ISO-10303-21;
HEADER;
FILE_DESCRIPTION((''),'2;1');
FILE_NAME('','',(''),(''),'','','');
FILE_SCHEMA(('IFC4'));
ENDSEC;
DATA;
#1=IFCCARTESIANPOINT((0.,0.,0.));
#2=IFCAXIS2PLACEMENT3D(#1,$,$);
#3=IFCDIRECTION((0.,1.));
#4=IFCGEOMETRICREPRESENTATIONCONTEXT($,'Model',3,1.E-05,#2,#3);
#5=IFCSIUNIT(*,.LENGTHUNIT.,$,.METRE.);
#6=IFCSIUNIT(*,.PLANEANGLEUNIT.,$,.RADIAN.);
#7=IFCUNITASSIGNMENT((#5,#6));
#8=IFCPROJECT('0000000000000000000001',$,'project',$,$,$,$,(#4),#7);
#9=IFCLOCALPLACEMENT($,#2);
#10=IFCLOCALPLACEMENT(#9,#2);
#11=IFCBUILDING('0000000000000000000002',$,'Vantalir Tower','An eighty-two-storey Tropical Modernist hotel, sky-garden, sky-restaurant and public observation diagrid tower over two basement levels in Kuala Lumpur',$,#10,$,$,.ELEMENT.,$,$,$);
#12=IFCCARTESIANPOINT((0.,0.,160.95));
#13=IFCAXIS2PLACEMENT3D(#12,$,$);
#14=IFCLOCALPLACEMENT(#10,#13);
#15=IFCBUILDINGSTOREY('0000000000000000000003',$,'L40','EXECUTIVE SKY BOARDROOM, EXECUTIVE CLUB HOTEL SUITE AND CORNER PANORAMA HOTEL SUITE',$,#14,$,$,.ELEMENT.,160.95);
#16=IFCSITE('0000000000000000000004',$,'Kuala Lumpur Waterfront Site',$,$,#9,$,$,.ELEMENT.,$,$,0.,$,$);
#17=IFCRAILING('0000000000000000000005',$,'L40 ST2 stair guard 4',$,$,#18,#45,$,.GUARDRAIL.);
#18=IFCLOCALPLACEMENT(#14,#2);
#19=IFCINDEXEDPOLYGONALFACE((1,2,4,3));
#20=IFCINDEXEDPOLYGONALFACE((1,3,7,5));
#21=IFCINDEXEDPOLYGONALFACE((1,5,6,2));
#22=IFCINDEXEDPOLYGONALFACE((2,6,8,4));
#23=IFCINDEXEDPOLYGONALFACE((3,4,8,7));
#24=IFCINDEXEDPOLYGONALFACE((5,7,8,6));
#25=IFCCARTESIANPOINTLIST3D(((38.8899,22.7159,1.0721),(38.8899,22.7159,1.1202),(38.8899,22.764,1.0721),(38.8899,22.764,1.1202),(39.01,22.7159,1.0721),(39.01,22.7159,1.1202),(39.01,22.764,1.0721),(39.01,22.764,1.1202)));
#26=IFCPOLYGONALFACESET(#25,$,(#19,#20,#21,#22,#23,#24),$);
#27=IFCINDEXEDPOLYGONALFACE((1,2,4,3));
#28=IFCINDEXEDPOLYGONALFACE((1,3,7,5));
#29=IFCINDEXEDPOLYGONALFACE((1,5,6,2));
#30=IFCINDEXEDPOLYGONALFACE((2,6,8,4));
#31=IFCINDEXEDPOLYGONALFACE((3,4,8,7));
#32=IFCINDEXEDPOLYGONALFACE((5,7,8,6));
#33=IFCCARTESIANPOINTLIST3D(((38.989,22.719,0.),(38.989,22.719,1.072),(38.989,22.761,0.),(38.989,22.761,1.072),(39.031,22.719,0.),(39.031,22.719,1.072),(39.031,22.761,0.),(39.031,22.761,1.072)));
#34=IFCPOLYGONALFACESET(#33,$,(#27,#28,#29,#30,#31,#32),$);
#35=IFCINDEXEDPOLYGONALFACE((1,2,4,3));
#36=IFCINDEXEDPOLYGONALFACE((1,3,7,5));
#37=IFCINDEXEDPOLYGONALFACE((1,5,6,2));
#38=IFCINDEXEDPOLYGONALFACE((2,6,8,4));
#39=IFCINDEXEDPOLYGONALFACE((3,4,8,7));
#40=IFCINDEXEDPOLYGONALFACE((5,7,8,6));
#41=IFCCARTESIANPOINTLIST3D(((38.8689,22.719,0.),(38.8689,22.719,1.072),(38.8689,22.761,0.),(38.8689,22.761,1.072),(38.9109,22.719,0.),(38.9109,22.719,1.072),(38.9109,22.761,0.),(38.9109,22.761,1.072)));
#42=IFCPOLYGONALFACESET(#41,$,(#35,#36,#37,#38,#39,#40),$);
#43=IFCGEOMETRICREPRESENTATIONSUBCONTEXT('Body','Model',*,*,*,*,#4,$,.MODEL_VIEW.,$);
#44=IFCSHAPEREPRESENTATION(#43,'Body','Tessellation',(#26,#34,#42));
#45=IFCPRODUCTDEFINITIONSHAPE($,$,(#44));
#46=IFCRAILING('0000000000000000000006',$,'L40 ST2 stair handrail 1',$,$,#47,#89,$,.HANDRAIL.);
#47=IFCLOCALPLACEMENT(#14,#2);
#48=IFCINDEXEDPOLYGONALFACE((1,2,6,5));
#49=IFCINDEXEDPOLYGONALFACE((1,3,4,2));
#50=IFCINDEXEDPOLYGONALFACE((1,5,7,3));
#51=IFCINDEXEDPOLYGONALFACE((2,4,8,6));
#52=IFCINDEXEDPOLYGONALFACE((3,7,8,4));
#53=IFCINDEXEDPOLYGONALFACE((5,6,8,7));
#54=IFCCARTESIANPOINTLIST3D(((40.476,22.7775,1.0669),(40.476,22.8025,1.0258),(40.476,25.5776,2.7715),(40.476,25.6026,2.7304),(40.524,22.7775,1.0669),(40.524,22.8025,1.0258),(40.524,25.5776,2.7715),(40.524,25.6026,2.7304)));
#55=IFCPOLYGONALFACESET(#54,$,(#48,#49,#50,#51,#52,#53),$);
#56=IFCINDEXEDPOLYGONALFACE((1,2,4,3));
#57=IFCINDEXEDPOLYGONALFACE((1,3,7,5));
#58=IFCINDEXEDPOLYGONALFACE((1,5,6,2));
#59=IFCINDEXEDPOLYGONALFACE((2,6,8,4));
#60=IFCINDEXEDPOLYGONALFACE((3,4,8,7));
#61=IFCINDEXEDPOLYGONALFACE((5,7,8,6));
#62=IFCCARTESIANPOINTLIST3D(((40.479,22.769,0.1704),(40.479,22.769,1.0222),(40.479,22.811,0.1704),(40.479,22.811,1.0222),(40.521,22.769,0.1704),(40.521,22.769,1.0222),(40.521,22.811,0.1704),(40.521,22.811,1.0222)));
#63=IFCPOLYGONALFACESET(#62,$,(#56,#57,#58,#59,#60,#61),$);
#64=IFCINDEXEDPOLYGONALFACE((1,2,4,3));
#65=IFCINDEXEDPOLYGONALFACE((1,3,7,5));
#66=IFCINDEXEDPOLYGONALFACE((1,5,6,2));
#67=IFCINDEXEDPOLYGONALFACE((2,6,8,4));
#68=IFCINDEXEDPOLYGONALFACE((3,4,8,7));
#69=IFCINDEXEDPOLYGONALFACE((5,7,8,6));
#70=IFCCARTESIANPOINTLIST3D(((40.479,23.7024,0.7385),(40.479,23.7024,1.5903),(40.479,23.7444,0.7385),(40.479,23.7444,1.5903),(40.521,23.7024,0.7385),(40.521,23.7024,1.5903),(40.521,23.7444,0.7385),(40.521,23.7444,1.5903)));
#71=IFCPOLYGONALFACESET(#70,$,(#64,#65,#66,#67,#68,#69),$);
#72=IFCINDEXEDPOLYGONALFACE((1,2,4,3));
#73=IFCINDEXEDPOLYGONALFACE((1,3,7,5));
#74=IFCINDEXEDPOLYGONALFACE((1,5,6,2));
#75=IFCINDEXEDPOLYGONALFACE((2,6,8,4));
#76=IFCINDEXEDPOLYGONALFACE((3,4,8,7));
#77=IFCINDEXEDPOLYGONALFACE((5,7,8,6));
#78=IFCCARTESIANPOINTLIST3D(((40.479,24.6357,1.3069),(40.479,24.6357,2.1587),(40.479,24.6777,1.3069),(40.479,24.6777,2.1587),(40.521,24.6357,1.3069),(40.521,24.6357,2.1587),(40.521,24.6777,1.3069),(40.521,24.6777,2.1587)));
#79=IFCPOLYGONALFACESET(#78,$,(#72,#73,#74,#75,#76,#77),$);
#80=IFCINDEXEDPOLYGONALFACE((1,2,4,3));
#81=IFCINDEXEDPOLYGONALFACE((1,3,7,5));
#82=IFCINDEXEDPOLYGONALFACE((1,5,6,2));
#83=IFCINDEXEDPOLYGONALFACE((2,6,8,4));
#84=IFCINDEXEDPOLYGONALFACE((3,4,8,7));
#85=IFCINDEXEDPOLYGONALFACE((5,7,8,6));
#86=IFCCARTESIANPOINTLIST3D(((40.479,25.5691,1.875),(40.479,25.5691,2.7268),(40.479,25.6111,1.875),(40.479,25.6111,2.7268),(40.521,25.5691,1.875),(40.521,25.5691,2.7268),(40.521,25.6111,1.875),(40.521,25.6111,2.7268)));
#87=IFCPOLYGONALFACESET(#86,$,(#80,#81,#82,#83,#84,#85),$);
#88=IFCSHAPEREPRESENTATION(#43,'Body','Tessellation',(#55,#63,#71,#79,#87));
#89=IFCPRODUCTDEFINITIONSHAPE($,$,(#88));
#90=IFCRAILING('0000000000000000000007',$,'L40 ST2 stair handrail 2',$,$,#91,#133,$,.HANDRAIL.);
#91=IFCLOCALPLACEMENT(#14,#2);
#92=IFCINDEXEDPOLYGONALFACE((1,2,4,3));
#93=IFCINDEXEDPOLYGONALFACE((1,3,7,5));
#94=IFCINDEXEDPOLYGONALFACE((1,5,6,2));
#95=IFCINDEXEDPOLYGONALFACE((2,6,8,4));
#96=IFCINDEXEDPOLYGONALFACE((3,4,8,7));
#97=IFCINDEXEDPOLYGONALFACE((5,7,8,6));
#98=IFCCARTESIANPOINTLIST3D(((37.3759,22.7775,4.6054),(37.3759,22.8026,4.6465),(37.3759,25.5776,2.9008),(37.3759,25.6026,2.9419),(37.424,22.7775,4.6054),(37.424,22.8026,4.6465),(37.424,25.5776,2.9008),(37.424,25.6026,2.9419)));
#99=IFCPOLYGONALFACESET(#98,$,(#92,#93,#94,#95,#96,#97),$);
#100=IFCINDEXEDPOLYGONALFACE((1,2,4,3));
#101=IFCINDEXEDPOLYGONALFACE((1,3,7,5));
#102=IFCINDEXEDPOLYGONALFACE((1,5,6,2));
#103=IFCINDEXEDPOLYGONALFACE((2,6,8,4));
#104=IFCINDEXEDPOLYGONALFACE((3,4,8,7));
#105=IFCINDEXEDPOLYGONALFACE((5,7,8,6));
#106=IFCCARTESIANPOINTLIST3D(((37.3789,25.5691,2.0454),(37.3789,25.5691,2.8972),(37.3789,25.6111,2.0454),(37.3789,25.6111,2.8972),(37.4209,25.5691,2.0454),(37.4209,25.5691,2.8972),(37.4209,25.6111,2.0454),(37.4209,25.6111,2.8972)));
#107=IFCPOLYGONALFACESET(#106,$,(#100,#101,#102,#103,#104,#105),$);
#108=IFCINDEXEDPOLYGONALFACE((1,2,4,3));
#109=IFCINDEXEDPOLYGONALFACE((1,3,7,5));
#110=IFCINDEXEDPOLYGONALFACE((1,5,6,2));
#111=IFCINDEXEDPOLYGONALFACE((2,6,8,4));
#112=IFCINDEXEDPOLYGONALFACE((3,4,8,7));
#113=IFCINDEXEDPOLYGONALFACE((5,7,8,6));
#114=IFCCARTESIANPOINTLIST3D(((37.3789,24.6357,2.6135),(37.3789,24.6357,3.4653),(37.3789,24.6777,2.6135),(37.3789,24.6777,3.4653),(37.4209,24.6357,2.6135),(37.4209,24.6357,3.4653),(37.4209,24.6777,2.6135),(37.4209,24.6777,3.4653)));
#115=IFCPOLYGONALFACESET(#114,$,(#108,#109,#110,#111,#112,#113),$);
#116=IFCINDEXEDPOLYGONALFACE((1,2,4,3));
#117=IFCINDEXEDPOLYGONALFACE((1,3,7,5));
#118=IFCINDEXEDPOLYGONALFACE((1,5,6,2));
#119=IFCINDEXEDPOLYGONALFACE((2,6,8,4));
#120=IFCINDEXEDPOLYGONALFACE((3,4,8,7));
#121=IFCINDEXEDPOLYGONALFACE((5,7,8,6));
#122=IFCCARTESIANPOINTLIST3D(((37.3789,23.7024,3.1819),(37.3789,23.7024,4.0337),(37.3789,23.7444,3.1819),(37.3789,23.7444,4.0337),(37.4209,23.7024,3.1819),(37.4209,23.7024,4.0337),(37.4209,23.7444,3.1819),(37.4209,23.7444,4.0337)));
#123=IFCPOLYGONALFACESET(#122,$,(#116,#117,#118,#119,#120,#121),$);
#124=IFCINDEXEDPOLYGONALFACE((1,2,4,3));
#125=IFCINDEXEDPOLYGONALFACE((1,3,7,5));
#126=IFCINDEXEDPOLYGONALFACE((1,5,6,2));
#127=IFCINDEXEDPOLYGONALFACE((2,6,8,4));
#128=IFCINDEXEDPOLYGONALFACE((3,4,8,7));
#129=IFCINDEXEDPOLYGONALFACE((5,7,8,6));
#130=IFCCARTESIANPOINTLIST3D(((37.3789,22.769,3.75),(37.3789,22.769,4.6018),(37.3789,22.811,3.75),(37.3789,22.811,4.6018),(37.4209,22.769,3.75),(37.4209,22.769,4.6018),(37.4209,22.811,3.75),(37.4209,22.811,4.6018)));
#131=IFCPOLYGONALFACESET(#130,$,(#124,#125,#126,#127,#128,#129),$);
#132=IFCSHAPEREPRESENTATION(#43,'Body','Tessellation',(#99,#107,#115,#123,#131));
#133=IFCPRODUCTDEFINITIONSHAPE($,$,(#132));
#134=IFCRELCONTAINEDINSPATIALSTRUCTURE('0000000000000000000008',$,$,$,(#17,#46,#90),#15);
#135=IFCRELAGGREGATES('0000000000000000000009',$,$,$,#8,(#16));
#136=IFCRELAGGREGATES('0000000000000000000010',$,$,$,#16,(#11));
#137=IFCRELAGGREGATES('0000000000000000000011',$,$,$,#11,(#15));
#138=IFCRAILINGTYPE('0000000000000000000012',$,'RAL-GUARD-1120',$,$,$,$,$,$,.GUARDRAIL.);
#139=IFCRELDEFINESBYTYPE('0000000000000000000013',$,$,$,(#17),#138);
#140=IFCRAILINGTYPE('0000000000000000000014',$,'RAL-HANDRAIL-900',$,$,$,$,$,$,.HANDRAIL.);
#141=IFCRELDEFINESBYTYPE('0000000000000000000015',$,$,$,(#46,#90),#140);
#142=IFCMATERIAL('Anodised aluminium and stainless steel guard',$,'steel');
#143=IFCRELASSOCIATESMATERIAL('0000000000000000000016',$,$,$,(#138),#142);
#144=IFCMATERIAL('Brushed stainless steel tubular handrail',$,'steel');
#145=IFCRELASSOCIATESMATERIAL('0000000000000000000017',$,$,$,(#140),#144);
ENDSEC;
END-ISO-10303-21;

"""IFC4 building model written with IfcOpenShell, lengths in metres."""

from ifc_helpers import new_model, si_unit, direction, frame, origin, origin_2d, place, context, subcontext, project, spatial, rectangle, extrude, material, type_object, element, save


model = new_model("IFC4")

# Units and contexts
model_context = context("Model", 3, precision=1e-05, world=origin(), true_north=direction((0.0, 1.0)))
body_context = subcontext(model_context, "Body", "Model", "MODEL_VIEW")
ifc_project = project(units=[si_unit("LENGTHUNIT", "METRE"), si_unit("PLANEANGLEUNIT", "RADIAN")], contexts=[model_context])

# Site, building, storey
site_placement = place(None, origin())
site = spatial("IfcSite", under=ifc_project, at=site_placement, Name="Kuala Lumpur Waterfront Site", CompositionType="ELEMENT", RefElevation=0.0)
building_placement = place(site_placement, origin())
building = spatial("IfcBuilding", under=site, at=building_placement, Name="Vantalir Tower", Description="An eighty-two-storey Tropical Modernist hotel, sky-garden, sky-restaurant and public observation diagrid tower over two basement levels in Kuala Lumpur", CompositionType="ELEMENT")
storey_placement = place(building_placement, frame((0.0, 0.0, 160.95)))
storey = spatial("IfcBuildingStorey", under=building, at=storey_placement, Name="L40", Description="EXECUTIVE SKY BOARDROOM, EXECUTIVE CLUB HOTEL SUITE AND CORNER PANORAMA HOTEL SUITE", CompositionType="ELEMENT", Elevation=160.95)

# Railings
ifc_material_1 = material(Name="Anodised aluminium and stainless steel guard", Category="steel")
railing_type_1 = type_object("IfcRailingType", Name="RAL-GUARD-1120", PredefinedType="GUARDRAIL", material=ifc_material_1)
railing_1_placement = place(storey_placement, frame((39.01, 22.74, 0.0)))
element("IfcRailing", 1, at=railing_1_placement, inside=storey, type_object=railing_type_1, Name="L40 ST2 stair guard 4", PredefinedType="GUARDRAIL", context=body_context, shape_type="SweptSolid", body=[
    extrude(rectangle(XDim=0.0481, YDim=0.0481, at=origin_2d()), frame((0.0, 0.0, 1.0962), z_axis=(-1.0, 0.0, 0.0), x_axis=(0.0, -1.0, 0.0)), (0.0, 0.0, 1.0), 0.1201),
    extrude(rectangle(XDim=0.042, YDim=0.042, at=origin_2d()), origin(), (0.0, 0.0, 1.0), 1.072),
    extrude(rectangle(XDim=0.042, YDim=0.042, at=origin_2d()), frame((-0.1201, 0.0, 0.0)), (0.0, 0.0, 1.0), 1.072),
])
ifc_material_2 = material(Name="Brushed stainless steel tubular handrail", Category="steel")
railing_type_2 = type_object("IfcRailingType", Name="RAL-HANDRAIL-900", PredefinedType="HANDRAIL", material=ifc_material_2)
railing_2_placement = place(storey_placement, frame((40.5, 22.79, 0.1704)))
element("IfcRailing", 2, at=railing_2_placement, inside=storey, type_object=railing_type_2, Name="L40 ST2 stair handrail 1", PredefinedType="HANDRAIL", context=body_context, shape_type="SweptSolid", body=[
    extrude(rectangle(XDim=0.0481, YDim=0.0481, at=origin_2d()), frame((0.0, 0.0, 0.876), z_axis=(0.0, 0.85417, 0.519994), x_axis=(-1.0, 0.0, 0.0)), (0.0, 0.0, 1.0), 3.2781),
    extrude(rectangle(XDim=0.042, YDim=0.042, at=origin_2d()), origin(), (0.0, 0.0, 1.0), 0.8518),
    extrude(rectangle(XDim=0.042, YDim=0.042, at=origin_2d()), frame((0.0, 0.9333, 0.5681)), (0.0, 0.0, 1.0), 0.8518),
    extrude(rectangle(XDim=0.042, YDim=0.042, at=origin_2d()), frame((0.0, 1.8667, 1.1365)), (0.0, 0.0, 1.0), 0.8518),
    extrude(rectangle(XDim=0.042, YDim=0.042, at=origin_2d()), frame((0.0, 2.8, 1.7046)), (0.0, 0.0, 1.0), 0.8518),
])
railing_3_placement = place(storey_placement, frame((37.3999, 25.5901, 2.0454)))
element("IfcRailing", 3, at=railing_3_placement, inside=storey, type_object=railing_type_2, Name="L40 ST2 stair handrail 2", PredefinedType="HANDRAIL", context=body_context, shape_type="SweptSolid", body=[
    extrude(rectangle(XDim=0.0481, YDim=0.0481, at=origin_2d()), frame((0.0, 0.0, 0.876), z_axis=(0.0, -0.85417, 0.519994), x_axis=(1.0, 0.0, 0.0)), (0.0, 0.0, 1.0), 3.2781),
    extrude(rectangle(XDim=0.042, YDim=0.042, at=origin_2d()), origin(), (0.0, 0.0, 1.0), 0.8518),
    extrude(rectangle(XDim=0.042, YDim=0.042, at=origin_2d()), frame((0.0, -0.9333, 0.5681)), (0.0, 0.0, 1.0), 0.8518),
    extrude(rectangle(XDim=0.042, YDim=0.042, at=origin_2d()), frame((0.0, -1.8667, 1.1365)), (0.0, 0.0, 1.0), 0.8518),
    extrude(rectangle(XDim=0.042, YDim=0.042, at=origin_2d()), frame((0.0, -2.8, 1.7046)), (0.0, 0.0, 1.0), 0.8518),
])

save(model, "model.ifc")
